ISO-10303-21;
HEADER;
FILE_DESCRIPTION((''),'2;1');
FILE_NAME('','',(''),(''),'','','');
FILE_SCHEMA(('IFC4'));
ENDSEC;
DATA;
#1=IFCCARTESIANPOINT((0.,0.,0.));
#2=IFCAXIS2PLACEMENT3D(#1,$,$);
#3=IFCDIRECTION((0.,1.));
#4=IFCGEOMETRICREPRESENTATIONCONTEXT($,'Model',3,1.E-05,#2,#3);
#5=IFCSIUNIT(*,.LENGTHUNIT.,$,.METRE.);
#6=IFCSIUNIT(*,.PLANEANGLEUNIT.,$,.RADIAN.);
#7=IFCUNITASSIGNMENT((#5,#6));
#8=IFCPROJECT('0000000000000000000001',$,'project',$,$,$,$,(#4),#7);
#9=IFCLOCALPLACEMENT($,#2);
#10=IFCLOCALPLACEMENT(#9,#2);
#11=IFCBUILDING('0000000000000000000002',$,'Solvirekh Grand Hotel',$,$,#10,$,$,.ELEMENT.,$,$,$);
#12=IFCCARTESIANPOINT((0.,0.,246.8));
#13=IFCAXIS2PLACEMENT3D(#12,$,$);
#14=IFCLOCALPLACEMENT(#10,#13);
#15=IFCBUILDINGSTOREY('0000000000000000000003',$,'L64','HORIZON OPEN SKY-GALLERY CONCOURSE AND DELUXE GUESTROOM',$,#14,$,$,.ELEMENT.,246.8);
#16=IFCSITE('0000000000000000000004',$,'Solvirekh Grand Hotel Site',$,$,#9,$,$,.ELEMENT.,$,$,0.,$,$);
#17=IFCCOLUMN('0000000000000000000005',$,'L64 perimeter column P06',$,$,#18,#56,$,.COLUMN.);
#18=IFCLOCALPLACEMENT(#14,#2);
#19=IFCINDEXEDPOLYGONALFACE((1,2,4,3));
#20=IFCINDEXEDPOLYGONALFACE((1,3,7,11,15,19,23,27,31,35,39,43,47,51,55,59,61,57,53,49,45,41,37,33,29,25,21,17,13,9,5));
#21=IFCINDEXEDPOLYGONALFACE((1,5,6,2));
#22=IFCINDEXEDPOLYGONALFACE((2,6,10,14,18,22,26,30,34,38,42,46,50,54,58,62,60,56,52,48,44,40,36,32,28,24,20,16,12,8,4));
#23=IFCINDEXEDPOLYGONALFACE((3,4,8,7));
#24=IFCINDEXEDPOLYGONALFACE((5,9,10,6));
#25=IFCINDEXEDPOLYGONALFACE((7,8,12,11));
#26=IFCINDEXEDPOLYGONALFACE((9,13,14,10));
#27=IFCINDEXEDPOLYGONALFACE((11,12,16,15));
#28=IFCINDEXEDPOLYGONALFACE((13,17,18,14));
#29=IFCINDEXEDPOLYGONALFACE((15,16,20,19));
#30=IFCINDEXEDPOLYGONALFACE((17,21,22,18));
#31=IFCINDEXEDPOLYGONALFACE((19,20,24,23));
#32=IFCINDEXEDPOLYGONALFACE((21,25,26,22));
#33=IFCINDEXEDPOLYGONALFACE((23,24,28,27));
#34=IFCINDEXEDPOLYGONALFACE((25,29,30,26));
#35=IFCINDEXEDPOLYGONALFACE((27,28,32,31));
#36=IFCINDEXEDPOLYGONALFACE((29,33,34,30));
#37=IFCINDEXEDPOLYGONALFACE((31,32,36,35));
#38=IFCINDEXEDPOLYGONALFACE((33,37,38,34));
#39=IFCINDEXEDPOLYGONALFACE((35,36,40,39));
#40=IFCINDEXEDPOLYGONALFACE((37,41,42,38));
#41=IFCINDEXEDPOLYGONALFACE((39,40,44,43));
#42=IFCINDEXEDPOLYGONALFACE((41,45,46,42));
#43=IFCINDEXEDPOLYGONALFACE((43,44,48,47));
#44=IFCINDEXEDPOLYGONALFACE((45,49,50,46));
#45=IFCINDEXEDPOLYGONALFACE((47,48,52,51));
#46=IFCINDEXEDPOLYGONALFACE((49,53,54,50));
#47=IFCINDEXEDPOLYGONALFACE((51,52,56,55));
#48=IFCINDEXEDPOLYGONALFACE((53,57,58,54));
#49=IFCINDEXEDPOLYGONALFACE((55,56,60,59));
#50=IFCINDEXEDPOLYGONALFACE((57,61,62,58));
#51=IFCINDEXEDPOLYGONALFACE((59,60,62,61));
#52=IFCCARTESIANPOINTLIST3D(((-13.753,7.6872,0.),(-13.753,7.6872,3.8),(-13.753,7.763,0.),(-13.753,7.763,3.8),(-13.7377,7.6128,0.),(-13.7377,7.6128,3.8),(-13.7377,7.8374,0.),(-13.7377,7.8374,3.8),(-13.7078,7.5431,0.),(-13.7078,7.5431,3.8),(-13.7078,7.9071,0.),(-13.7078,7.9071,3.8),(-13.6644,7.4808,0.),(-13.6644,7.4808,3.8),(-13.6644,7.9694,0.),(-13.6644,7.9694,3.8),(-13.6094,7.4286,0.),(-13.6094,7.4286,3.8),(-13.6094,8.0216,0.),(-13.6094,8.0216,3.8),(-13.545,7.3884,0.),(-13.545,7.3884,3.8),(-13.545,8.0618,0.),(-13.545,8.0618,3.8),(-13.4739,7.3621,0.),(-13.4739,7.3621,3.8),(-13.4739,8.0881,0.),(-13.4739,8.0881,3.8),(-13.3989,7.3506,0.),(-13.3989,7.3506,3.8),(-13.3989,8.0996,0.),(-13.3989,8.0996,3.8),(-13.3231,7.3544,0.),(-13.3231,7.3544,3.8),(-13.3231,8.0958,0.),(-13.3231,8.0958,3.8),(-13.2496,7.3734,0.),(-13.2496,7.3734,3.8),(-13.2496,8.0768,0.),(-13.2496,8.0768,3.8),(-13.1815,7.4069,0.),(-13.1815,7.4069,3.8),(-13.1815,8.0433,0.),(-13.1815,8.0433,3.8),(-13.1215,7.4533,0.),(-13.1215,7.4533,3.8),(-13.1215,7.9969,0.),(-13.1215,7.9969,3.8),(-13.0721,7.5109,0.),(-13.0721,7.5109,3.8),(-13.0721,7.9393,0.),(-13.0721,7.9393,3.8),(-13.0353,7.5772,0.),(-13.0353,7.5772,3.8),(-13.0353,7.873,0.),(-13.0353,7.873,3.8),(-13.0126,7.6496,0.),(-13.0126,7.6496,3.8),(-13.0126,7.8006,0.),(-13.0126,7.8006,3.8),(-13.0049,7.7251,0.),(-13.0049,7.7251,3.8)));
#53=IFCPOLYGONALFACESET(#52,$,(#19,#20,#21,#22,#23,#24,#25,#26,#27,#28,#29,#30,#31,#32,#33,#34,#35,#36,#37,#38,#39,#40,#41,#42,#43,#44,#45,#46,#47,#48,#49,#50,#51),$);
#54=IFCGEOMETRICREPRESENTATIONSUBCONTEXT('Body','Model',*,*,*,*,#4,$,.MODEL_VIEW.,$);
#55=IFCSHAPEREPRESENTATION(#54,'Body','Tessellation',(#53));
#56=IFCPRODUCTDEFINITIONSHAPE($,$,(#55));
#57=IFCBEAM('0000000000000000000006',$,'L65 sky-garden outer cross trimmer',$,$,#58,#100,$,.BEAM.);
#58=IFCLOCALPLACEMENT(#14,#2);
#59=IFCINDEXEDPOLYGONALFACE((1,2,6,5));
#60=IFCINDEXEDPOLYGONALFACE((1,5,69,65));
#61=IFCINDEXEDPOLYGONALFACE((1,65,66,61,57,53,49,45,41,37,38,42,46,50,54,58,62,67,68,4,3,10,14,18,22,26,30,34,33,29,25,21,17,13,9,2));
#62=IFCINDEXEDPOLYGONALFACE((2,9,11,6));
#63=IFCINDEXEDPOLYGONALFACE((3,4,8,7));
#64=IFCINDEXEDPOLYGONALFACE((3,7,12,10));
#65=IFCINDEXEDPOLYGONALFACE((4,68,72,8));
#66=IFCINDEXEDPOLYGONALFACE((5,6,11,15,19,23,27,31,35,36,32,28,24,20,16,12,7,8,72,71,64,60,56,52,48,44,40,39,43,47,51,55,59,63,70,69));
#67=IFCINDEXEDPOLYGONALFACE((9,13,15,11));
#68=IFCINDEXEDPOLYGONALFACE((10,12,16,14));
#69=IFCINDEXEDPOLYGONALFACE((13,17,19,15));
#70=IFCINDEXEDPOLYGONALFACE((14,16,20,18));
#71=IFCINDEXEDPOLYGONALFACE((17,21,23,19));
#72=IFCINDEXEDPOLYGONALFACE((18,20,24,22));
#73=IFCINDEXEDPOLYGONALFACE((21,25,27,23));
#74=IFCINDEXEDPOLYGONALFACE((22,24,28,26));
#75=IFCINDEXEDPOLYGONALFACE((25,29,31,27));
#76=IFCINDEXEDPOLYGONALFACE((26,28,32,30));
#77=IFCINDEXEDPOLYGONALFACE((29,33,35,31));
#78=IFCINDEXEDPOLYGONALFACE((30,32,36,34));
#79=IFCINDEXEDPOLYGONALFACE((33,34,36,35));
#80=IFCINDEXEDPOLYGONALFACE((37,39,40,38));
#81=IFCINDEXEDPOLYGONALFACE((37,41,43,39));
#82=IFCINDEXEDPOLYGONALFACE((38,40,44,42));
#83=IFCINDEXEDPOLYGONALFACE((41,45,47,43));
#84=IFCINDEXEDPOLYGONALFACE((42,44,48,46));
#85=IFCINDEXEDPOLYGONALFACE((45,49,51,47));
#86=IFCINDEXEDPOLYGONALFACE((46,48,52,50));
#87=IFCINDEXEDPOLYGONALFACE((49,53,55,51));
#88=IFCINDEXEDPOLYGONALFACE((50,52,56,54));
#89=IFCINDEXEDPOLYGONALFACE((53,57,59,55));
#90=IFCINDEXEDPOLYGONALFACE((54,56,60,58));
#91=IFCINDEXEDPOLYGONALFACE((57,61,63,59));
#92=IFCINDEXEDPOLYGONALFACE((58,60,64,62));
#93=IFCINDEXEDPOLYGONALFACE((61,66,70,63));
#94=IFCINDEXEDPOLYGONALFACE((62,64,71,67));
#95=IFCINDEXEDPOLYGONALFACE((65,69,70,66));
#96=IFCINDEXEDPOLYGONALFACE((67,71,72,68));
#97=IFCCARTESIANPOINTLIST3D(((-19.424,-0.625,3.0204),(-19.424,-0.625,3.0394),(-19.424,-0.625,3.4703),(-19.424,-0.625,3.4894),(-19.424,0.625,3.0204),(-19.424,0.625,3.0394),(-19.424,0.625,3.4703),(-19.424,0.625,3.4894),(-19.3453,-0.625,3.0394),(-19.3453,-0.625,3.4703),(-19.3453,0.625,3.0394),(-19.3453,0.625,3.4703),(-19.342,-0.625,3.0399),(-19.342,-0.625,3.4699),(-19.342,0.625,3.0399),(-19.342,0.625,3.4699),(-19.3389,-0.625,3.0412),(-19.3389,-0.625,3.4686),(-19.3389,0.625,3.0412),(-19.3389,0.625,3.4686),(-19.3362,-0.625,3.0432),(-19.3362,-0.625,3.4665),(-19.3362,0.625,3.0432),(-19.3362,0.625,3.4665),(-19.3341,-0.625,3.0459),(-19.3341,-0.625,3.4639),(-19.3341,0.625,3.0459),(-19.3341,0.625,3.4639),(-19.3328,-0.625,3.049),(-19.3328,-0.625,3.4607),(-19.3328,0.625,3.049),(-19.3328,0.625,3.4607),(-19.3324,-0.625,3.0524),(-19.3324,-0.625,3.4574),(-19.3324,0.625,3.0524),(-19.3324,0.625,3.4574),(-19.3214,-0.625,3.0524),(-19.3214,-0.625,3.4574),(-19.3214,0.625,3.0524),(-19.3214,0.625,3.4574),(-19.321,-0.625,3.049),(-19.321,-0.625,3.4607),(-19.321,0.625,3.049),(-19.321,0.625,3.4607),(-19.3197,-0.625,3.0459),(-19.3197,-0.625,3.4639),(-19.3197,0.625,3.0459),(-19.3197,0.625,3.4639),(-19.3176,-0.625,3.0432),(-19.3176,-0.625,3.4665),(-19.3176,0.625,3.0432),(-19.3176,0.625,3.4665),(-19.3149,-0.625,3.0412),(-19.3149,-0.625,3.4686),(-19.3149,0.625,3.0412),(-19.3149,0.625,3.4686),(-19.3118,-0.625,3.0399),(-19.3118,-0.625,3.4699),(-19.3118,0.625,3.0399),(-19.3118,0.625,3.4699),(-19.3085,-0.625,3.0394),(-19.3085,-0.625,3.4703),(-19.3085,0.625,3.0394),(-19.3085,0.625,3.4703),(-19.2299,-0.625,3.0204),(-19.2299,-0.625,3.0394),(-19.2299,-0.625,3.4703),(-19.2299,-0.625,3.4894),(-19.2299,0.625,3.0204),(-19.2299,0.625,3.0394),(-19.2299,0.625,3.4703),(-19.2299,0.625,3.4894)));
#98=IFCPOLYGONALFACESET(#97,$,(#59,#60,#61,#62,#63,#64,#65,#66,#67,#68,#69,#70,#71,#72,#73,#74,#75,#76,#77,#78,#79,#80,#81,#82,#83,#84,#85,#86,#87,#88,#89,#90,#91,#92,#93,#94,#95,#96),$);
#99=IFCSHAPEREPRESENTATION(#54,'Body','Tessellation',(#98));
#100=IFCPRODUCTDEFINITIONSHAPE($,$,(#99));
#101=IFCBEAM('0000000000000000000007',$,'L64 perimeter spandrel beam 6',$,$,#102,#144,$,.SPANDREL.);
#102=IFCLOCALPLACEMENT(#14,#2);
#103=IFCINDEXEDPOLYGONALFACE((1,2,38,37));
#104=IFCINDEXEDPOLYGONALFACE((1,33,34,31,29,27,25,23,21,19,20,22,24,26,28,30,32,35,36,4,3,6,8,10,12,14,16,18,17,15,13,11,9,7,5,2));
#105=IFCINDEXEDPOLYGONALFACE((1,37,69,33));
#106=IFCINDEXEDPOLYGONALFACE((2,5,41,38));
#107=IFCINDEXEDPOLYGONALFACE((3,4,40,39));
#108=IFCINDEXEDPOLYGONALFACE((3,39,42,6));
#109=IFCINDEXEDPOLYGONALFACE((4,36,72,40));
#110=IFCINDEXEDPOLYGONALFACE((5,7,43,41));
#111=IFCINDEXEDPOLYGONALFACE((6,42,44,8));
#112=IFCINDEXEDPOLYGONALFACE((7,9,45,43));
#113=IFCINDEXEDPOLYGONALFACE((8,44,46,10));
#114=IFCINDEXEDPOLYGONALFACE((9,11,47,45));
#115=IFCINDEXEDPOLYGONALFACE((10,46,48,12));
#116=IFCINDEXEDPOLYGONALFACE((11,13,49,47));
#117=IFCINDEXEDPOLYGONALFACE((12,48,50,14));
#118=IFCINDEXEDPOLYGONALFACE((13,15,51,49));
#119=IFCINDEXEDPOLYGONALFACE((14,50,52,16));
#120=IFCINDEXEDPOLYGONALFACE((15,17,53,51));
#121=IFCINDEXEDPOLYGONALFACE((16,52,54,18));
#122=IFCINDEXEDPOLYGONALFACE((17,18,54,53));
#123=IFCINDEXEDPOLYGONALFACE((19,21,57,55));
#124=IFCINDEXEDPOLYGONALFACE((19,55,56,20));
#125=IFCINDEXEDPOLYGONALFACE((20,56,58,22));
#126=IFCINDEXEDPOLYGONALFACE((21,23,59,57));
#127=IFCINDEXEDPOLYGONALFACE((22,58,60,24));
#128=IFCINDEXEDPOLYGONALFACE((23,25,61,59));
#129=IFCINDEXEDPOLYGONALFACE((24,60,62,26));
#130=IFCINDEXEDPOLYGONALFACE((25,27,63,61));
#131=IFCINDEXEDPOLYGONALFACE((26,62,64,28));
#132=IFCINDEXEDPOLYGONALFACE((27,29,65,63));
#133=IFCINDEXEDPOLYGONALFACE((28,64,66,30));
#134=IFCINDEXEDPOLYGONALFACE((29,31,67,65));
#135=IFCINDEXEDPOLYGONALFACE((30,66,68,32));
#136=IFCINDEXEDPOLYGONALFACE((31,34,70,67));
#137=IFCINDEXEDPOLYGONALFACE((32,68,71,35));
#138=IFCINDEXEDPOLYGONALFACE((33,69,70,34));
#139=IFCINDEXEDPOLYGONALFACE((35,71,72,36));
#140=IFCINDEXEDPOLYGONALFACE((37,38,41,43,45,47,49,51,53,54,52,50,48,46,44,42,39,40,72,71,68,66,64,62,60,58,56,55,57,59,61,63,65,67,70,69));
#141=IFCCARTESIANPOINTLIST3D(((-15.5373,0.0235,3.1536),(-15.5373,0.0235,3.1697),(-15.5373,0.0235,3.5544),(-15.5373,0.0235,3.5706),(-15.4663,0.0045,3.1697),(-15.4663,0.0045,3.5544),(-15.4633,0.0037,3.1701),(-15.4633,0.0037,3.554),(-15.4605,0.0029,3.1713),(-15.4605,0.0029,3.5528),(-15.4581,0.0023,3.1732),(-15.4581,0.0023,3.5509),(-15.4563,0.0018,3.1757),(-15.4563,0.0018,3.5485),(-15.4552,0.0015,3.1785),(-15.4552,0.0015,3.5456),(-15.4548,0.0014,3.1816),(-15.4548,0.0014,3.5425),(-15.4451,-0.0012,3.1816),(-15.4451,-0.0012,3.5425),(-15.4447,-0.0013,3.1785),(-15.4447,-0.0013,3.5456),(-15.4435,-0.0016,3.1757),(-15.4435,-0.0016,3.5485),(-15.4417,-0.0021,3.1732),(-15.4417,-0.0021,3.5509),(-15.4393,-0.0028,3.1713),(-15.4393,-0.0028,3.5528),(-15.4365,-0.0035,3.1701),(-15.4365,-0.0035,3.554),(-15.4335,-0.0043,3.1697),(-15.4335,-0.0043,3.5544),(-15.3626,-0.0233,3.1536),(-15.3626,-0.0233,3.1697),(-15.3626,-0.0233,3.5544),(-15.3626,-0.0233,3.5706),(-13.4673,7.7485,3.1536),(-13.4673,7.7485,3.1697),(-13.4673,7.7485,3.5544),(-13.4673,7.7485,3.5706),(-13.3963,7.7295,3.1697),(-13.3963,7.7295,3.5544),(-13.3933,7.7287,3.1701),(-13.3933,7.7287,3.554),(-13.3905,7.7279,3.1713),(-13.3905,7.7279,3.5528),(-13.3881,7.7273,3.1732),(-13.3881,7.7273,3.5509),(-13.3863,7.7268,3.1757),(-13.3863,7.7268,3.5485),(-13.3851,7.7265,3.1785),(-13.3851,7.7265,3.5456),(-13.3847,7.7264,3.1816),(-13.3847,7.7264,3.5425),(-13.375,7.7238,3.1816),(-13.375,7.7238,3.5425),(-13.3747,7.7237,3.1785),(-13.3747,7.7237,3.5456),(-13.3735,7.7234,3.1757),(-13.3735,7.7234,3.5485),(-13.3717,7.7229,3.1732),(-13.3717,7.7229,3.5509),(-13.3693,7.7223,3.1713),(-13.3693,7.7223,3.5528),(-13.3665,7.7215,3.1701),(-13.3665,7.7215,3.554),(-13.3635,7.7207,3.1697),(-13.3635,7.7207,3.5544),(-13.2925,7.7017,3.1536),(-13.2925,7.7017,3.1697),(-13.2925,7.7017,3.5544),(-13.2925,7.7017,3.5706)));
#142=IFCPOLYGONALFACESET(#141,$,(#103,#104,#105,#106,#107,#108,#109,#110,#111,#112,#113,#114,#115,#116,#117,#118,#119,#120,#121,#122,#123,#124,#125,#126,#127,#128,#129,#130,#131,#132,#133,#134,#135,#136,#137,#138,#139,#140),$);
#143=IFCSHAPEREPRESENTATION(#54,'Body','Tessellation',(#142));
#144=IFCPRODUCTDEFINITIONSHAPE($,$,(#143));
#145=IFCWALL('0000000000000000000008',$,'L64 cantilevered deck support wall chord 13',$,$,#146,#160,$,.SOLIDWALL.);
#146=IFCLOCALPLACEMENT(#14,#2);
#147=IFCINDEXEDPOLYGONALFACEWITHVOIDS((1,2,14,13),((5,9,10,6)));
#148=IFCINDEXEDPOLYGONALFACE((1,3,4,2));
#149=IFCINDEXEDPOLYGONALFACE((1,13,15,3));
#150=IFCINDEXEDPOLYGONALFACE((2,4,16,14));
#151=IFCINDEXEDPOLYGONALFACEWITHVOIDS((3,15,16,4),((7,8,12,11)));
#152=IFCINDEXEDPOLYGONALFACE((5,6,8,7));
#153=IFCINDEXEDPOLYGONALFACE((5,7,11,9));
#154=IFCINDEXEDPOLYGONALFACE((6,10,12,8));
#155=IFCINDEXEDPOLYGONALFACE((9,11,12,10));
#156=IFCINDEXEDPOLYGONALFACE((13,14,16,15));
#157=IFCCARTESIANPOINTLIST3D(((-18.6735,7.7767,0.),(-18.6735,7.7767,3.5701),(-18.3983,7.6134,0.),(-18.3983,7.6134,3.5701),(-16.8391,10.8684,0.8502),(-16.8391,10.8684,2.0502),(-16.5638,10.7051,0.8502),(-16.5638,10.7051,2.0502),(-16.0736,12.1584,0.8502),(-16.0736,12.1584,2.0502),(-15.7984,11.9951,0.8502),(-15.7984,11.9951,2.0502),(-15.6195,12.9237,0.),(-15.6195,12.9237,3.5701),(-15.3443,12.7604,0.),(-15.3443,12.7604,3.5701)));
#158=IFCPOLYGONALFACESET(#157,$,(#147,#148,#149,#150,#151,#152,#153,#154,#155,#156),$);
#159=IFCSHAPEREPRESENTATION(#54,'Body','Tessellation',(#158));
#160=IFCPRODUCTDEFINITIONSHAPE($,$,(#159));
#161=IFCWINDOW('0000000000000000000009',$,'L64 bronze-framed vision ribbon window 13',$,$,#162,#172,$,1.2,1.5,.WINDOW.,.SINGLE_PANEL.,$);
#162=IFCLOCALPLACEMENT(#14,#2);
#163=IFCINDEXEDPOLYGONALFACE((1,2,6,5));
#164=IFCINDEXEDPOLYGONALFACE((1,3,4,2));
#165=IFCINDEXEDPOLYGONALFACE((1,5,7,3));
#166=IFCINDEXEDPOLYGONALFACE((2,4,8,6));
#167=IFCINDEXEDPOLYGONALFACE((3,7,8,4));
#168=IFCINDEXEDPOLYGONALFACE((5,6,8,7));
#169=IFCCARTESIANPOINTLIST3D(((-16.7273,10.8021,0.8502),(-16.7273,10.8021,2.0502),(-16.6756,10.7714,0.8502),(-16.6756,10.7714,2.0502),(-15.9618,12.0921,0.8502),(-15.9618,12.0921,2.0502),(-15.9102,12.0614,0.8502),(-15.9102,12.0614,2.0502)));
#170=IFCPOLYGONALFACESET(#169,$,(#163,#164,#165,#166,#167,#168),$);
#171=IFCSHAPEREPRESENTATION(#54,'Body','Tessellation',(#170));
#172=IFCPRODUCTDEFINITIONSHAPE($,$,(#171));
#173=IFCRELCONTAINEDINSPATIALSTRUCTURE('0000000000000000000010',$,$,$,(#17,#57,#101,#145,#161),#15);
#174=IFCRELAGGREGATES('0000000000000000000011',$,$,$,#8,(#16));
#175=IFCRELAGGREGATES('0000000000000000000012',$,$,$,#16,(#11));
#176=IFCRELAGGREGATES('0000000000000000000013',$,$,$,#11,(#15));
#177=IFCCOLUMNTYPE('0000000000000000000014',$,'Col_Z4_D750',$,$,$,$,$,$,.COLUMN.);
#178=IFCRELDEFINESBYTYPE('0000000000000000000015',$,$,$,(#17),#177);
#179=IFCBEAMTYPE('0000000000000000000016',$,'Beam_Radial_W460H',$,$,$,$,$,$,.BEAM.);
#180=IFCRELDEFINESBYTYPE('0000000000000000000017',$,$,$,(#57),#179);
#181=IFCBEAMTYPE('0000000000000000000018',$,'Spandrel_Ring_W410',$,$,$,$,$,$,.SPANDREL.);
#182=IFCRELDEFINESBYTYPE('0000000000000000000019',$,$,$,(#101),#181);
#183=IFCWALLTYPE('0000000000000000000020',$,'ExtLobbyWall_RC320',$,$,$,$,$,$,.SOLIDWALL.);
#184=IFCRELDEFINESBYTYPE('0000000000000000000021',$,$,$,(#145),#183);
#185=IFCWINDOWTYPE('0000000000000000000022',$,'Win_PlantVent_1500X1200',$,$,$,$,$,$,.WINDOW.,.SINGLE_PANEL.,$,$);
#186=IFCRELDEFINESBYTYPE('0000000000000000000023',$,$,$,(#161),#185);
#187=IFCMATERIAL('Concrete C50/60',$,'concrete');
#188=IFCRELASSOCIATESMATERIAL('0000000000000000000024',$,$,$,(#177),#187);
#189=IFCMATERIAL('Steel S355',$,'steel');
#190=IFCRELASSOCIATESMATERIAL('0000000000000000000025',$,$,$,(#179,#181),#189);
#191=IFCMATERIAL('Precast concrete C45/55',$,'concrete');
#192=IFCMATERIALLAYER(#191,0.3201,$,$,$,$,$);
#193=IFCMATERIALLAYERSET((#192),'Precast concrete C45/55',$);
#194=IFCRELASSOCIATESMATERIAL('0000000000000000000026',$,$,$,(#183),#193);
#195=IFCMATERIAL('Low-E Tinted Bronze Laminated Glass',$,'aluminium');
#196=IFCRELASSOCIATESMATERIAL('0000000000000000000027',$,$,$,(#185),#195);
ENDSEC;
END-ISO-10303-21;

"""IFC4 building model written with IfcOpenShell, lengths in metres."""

from ifc_helpers import new_model, si_unit, direction, frame, frame_2d, origin, origin_2d, place, context, subcontext, project, spatial, rectangle, circle, i_section, extrude, material, layer, layer_set, material_profile, profile_set, type_object, element, fill, save


model = new_model("IFC4")

# Units and contexts
model_context = context("Model", 3, precision=1e-05, world=origin(), true_north=direction((0.0, 1.0)))
body_context = subcontext(model_context, "Body", "Model", "MODEL_VIEW")
ifc_project = project(units=[si_unit("LENGTHUNIT", "METRE"), si_unit("PLANEANGLEUNIT", "RADIAN")], contexts=[model_context])

# Site, building, storey
site_placement = place(None, origin())
site = spatial("IfcSite", under=ifc_project, at=site_placement, Name="Solvirekh Grand Hotel Site", CompositionType="ELEMENT", RefElevation=0.0)
building_placement = place(site_placement, origin())
building = spatial("IfcBuilding", under=site, at=building_placement, Name="Solvirekh Grand Hotel", CompositionType="ELEMENT")
storey_placement = place(building_placement, frame((0.0, 0.0, 246.8)))
storey = spatial("IfcBuildingStorey", under=building, at=storey_placement, Name="L64", Description="HORIZON OPEN SKY-GALLERY CONCOURSE AND DELUXE GUESTROOM", CompositionType="ELEMENT", Elevation=246.8)

# Column
ifc_material_1 = material(Name="Concrete C50/60", Category="concrete")
ifc_material_profile_1 = material_profile(ifc_material_1, circle(Radius=0.375, at=origin_2d()), Name="RC CIRC D750")
ifc_profile_set_1 = profile_set([ifc_material_profile_1], Name="Concrete C50/60")
column_type = type_object("IfcColumnType", Name="Col_Z4_D750", PredefinedType="COLUMN", material=ifc_profile_set_1)
column_placement = place(storey_placement, frame((-13.3799, 7.7251, 0.0), z_axis=(0.0, 0.0, 1.0), x_axis=(1.0, 0.0, 0.0)))
element("IfcColumn", 1, at=column_placement, inside=storey, type_object=column_type, Name="L64 perimeter column P06", PredefinedType="COLUMN", context=body_context, shape_type="SweptSolid", body=[
    extrude(circle(Radius=0.375, at=origin_2d()), origin(), (0.0, 0.0, 1.0), 3.8),
])

# Beams
ifc_material_2 = material(Name="Steel S355", Category="steel")
ifc_material_profile_2 = material_profile(ifc_material_2, i_section(OverallWidth=0.1941, OverallDepth=0.469, WebThickness=0.011, FlangeThickness=0.019, FilletRadius=0.0129, at=origin_2d()), Name="W460X106")
ifc_profile_set_2 = profile_set([ifc_material_profile_2], Name="Steel S355")
beam_type_1 = type_object("IfcBeamType", Name="Beam_Radial_W460H", PredefinedType="BEAM", material=ifc_profile_set_2)
beam_1_placement = place(storey_placement, frame((-19.3269, 0.625, 3.2549), z_axis=(0.0, -1.0, 0.0), x_axis=(1.0, 0.0, 0.0)))
element("IfcBeam", 2, at=beam_1_placement, inside=storey, type_object=beam_type_1, Name="L65 sky-garden outer cross trimmer", PredefinedType="BEAM", context=body_context, shape_type="SweptSolid", body=[
    extrude(i_section(OverallWidth=0.1941, OverallDepth=0.469, WebThickness=0.011, FlangeThickness=0.019, FilletRadius=0.0129, at=origin_2d()), origin(), (0.0, 0.0, 1.0), 1.25),
])
ifc_material_profile_3 = material_profile(ifc_material_2, i_section(OverallWidth=0.1809, OverallDepth=0.417, WebThickness=0.01, FlangeThickness=0.0161, FilletRadius=0.012, at=origin_2d()), Name="W410X85")
ifc_profile_set_3 = profile_set([ifc_material_profile_3], Name="Steel S355")
beam_type_2 = type_object("IfcBeamType", Name="Spandrel_Ring_W410", PredefinedType="SPANDREL", material=ifc_profile_set_3)
beam_2_placement = place(storey_placement, frame((-13.3799, 7.7251, 3.3621), z_axis=(-0.258835, -0.965922, 0.0), x_axis=(0.965922, -0.258835, 0.0)))
element("IfcBeam", 3, at=beam_2_placement, inside=storey, type_object=beam_type_2, Name="L64 perimeter spandrel beam 6", PredefinedType="SPANDREL", context=body_context, shape_type="SweptSolid", body=[
    extrude(i_section(OverallWidth=0.1809, OverallDepth=0.417, WebThickness=0.01, FlangeThickness=0.0161, FilletRadius=0.012, at=origin_2d()), origin(), (0.0, 0.0, 1.0), 7.9976),
])

# Wall, opening, window
ifc_material_3 = material(Name="Precast concrete C45/55", Category="concrete")
ifc_layer_1 = layer(ifc_material_3, 0.3201)
ifc_layer_set_1 = layer_set([ifc_layer_1], Name="Precast concrete C45/55")
wall_type_1 = type_object("IfcWallType", Name="ExtLobbyWall_RC320", PredefinedType="SOLIDWALL", material=ifc_layer_set_1)
wall_1_placement = place(storey_placement, frame((-18.5359, 7.6951, 0.0), z_axis=(0.0, 0.0, 1.0), x_axis=(0.510284, 0.860006, 0.0)))
wall_1 = element("IfcWall", 4, at=wall_1_placement, inside=storey, type_object=wall_type_1, Name="L64 cantilevered deck support wall chord 13", PredefinedType="SOLIDWALL", context=body_context, shape_type="SweptSolid", body=[
    extrude(rectangle(XDim=5.9849, YDim=0.3201, at=frame_2d((2.9924, 0.0))), origin(), (0.0, 0.0, 1.0), 3.5701),
])
opening_1_placement = place(wall_1_placement, frame((3.595, 0.0, 0.8501)))
opening_1 = element("IfcOpeningElement", 5, at=opening_1_placement, cuts=wall_1, PredefinedType="OPENING", context=body_context, shape_type="SweptSolid", body=[
    extrude(rectangle(XDim=1.5, YDim=1.2, at=frame_2d((0.75, 0.6001))), frame((0.0, 0.1699, 0.0), z_axis=(0.0, -1.0, 0.0), x_axis=(1.0, 0.0, 0.0)), (0.0, 0.0, 1.0), 0.3401),
])
ifc_material_4 = material(Name="Low-E Tinted Bronze Laminated Glass", Category="aluminium")
window_type = type_object("IfcWindowType", Name="Win_PlantVent_1500X1200", PartitioningType="SINGLE_PANEL", PredefinedType="WINDOW", material=ifc_material_4)
window_1_placement = place(opening_1_placement, origin())
window_1 = element("IfcWindow", 6, at=window_1_placement, inside=storey, type_object=window_type, Name="L64 bronze-framed vision ribbon window 13", OverallHeight=1.2, OverallWidth=1.5, PartitioningType="SINGLE_PANEL", PredefinedType="WINDOW", context=body_context, shape_type="SweptSolid", body=[
    extrude(rectangle(XDim=1.5, YDim=1.2, at=frame_2d((0.75, 0.6001))), frame((0.0, 0.03, 0.0), z_axis=(0.0, -1.0, 0.0), x_axis=(1.0, 0.0, 0.0)), (0.0, 0.0, 1.0), 0.0601),
])
fill(opening_1, window_1)

save(model, "model.ifc")
